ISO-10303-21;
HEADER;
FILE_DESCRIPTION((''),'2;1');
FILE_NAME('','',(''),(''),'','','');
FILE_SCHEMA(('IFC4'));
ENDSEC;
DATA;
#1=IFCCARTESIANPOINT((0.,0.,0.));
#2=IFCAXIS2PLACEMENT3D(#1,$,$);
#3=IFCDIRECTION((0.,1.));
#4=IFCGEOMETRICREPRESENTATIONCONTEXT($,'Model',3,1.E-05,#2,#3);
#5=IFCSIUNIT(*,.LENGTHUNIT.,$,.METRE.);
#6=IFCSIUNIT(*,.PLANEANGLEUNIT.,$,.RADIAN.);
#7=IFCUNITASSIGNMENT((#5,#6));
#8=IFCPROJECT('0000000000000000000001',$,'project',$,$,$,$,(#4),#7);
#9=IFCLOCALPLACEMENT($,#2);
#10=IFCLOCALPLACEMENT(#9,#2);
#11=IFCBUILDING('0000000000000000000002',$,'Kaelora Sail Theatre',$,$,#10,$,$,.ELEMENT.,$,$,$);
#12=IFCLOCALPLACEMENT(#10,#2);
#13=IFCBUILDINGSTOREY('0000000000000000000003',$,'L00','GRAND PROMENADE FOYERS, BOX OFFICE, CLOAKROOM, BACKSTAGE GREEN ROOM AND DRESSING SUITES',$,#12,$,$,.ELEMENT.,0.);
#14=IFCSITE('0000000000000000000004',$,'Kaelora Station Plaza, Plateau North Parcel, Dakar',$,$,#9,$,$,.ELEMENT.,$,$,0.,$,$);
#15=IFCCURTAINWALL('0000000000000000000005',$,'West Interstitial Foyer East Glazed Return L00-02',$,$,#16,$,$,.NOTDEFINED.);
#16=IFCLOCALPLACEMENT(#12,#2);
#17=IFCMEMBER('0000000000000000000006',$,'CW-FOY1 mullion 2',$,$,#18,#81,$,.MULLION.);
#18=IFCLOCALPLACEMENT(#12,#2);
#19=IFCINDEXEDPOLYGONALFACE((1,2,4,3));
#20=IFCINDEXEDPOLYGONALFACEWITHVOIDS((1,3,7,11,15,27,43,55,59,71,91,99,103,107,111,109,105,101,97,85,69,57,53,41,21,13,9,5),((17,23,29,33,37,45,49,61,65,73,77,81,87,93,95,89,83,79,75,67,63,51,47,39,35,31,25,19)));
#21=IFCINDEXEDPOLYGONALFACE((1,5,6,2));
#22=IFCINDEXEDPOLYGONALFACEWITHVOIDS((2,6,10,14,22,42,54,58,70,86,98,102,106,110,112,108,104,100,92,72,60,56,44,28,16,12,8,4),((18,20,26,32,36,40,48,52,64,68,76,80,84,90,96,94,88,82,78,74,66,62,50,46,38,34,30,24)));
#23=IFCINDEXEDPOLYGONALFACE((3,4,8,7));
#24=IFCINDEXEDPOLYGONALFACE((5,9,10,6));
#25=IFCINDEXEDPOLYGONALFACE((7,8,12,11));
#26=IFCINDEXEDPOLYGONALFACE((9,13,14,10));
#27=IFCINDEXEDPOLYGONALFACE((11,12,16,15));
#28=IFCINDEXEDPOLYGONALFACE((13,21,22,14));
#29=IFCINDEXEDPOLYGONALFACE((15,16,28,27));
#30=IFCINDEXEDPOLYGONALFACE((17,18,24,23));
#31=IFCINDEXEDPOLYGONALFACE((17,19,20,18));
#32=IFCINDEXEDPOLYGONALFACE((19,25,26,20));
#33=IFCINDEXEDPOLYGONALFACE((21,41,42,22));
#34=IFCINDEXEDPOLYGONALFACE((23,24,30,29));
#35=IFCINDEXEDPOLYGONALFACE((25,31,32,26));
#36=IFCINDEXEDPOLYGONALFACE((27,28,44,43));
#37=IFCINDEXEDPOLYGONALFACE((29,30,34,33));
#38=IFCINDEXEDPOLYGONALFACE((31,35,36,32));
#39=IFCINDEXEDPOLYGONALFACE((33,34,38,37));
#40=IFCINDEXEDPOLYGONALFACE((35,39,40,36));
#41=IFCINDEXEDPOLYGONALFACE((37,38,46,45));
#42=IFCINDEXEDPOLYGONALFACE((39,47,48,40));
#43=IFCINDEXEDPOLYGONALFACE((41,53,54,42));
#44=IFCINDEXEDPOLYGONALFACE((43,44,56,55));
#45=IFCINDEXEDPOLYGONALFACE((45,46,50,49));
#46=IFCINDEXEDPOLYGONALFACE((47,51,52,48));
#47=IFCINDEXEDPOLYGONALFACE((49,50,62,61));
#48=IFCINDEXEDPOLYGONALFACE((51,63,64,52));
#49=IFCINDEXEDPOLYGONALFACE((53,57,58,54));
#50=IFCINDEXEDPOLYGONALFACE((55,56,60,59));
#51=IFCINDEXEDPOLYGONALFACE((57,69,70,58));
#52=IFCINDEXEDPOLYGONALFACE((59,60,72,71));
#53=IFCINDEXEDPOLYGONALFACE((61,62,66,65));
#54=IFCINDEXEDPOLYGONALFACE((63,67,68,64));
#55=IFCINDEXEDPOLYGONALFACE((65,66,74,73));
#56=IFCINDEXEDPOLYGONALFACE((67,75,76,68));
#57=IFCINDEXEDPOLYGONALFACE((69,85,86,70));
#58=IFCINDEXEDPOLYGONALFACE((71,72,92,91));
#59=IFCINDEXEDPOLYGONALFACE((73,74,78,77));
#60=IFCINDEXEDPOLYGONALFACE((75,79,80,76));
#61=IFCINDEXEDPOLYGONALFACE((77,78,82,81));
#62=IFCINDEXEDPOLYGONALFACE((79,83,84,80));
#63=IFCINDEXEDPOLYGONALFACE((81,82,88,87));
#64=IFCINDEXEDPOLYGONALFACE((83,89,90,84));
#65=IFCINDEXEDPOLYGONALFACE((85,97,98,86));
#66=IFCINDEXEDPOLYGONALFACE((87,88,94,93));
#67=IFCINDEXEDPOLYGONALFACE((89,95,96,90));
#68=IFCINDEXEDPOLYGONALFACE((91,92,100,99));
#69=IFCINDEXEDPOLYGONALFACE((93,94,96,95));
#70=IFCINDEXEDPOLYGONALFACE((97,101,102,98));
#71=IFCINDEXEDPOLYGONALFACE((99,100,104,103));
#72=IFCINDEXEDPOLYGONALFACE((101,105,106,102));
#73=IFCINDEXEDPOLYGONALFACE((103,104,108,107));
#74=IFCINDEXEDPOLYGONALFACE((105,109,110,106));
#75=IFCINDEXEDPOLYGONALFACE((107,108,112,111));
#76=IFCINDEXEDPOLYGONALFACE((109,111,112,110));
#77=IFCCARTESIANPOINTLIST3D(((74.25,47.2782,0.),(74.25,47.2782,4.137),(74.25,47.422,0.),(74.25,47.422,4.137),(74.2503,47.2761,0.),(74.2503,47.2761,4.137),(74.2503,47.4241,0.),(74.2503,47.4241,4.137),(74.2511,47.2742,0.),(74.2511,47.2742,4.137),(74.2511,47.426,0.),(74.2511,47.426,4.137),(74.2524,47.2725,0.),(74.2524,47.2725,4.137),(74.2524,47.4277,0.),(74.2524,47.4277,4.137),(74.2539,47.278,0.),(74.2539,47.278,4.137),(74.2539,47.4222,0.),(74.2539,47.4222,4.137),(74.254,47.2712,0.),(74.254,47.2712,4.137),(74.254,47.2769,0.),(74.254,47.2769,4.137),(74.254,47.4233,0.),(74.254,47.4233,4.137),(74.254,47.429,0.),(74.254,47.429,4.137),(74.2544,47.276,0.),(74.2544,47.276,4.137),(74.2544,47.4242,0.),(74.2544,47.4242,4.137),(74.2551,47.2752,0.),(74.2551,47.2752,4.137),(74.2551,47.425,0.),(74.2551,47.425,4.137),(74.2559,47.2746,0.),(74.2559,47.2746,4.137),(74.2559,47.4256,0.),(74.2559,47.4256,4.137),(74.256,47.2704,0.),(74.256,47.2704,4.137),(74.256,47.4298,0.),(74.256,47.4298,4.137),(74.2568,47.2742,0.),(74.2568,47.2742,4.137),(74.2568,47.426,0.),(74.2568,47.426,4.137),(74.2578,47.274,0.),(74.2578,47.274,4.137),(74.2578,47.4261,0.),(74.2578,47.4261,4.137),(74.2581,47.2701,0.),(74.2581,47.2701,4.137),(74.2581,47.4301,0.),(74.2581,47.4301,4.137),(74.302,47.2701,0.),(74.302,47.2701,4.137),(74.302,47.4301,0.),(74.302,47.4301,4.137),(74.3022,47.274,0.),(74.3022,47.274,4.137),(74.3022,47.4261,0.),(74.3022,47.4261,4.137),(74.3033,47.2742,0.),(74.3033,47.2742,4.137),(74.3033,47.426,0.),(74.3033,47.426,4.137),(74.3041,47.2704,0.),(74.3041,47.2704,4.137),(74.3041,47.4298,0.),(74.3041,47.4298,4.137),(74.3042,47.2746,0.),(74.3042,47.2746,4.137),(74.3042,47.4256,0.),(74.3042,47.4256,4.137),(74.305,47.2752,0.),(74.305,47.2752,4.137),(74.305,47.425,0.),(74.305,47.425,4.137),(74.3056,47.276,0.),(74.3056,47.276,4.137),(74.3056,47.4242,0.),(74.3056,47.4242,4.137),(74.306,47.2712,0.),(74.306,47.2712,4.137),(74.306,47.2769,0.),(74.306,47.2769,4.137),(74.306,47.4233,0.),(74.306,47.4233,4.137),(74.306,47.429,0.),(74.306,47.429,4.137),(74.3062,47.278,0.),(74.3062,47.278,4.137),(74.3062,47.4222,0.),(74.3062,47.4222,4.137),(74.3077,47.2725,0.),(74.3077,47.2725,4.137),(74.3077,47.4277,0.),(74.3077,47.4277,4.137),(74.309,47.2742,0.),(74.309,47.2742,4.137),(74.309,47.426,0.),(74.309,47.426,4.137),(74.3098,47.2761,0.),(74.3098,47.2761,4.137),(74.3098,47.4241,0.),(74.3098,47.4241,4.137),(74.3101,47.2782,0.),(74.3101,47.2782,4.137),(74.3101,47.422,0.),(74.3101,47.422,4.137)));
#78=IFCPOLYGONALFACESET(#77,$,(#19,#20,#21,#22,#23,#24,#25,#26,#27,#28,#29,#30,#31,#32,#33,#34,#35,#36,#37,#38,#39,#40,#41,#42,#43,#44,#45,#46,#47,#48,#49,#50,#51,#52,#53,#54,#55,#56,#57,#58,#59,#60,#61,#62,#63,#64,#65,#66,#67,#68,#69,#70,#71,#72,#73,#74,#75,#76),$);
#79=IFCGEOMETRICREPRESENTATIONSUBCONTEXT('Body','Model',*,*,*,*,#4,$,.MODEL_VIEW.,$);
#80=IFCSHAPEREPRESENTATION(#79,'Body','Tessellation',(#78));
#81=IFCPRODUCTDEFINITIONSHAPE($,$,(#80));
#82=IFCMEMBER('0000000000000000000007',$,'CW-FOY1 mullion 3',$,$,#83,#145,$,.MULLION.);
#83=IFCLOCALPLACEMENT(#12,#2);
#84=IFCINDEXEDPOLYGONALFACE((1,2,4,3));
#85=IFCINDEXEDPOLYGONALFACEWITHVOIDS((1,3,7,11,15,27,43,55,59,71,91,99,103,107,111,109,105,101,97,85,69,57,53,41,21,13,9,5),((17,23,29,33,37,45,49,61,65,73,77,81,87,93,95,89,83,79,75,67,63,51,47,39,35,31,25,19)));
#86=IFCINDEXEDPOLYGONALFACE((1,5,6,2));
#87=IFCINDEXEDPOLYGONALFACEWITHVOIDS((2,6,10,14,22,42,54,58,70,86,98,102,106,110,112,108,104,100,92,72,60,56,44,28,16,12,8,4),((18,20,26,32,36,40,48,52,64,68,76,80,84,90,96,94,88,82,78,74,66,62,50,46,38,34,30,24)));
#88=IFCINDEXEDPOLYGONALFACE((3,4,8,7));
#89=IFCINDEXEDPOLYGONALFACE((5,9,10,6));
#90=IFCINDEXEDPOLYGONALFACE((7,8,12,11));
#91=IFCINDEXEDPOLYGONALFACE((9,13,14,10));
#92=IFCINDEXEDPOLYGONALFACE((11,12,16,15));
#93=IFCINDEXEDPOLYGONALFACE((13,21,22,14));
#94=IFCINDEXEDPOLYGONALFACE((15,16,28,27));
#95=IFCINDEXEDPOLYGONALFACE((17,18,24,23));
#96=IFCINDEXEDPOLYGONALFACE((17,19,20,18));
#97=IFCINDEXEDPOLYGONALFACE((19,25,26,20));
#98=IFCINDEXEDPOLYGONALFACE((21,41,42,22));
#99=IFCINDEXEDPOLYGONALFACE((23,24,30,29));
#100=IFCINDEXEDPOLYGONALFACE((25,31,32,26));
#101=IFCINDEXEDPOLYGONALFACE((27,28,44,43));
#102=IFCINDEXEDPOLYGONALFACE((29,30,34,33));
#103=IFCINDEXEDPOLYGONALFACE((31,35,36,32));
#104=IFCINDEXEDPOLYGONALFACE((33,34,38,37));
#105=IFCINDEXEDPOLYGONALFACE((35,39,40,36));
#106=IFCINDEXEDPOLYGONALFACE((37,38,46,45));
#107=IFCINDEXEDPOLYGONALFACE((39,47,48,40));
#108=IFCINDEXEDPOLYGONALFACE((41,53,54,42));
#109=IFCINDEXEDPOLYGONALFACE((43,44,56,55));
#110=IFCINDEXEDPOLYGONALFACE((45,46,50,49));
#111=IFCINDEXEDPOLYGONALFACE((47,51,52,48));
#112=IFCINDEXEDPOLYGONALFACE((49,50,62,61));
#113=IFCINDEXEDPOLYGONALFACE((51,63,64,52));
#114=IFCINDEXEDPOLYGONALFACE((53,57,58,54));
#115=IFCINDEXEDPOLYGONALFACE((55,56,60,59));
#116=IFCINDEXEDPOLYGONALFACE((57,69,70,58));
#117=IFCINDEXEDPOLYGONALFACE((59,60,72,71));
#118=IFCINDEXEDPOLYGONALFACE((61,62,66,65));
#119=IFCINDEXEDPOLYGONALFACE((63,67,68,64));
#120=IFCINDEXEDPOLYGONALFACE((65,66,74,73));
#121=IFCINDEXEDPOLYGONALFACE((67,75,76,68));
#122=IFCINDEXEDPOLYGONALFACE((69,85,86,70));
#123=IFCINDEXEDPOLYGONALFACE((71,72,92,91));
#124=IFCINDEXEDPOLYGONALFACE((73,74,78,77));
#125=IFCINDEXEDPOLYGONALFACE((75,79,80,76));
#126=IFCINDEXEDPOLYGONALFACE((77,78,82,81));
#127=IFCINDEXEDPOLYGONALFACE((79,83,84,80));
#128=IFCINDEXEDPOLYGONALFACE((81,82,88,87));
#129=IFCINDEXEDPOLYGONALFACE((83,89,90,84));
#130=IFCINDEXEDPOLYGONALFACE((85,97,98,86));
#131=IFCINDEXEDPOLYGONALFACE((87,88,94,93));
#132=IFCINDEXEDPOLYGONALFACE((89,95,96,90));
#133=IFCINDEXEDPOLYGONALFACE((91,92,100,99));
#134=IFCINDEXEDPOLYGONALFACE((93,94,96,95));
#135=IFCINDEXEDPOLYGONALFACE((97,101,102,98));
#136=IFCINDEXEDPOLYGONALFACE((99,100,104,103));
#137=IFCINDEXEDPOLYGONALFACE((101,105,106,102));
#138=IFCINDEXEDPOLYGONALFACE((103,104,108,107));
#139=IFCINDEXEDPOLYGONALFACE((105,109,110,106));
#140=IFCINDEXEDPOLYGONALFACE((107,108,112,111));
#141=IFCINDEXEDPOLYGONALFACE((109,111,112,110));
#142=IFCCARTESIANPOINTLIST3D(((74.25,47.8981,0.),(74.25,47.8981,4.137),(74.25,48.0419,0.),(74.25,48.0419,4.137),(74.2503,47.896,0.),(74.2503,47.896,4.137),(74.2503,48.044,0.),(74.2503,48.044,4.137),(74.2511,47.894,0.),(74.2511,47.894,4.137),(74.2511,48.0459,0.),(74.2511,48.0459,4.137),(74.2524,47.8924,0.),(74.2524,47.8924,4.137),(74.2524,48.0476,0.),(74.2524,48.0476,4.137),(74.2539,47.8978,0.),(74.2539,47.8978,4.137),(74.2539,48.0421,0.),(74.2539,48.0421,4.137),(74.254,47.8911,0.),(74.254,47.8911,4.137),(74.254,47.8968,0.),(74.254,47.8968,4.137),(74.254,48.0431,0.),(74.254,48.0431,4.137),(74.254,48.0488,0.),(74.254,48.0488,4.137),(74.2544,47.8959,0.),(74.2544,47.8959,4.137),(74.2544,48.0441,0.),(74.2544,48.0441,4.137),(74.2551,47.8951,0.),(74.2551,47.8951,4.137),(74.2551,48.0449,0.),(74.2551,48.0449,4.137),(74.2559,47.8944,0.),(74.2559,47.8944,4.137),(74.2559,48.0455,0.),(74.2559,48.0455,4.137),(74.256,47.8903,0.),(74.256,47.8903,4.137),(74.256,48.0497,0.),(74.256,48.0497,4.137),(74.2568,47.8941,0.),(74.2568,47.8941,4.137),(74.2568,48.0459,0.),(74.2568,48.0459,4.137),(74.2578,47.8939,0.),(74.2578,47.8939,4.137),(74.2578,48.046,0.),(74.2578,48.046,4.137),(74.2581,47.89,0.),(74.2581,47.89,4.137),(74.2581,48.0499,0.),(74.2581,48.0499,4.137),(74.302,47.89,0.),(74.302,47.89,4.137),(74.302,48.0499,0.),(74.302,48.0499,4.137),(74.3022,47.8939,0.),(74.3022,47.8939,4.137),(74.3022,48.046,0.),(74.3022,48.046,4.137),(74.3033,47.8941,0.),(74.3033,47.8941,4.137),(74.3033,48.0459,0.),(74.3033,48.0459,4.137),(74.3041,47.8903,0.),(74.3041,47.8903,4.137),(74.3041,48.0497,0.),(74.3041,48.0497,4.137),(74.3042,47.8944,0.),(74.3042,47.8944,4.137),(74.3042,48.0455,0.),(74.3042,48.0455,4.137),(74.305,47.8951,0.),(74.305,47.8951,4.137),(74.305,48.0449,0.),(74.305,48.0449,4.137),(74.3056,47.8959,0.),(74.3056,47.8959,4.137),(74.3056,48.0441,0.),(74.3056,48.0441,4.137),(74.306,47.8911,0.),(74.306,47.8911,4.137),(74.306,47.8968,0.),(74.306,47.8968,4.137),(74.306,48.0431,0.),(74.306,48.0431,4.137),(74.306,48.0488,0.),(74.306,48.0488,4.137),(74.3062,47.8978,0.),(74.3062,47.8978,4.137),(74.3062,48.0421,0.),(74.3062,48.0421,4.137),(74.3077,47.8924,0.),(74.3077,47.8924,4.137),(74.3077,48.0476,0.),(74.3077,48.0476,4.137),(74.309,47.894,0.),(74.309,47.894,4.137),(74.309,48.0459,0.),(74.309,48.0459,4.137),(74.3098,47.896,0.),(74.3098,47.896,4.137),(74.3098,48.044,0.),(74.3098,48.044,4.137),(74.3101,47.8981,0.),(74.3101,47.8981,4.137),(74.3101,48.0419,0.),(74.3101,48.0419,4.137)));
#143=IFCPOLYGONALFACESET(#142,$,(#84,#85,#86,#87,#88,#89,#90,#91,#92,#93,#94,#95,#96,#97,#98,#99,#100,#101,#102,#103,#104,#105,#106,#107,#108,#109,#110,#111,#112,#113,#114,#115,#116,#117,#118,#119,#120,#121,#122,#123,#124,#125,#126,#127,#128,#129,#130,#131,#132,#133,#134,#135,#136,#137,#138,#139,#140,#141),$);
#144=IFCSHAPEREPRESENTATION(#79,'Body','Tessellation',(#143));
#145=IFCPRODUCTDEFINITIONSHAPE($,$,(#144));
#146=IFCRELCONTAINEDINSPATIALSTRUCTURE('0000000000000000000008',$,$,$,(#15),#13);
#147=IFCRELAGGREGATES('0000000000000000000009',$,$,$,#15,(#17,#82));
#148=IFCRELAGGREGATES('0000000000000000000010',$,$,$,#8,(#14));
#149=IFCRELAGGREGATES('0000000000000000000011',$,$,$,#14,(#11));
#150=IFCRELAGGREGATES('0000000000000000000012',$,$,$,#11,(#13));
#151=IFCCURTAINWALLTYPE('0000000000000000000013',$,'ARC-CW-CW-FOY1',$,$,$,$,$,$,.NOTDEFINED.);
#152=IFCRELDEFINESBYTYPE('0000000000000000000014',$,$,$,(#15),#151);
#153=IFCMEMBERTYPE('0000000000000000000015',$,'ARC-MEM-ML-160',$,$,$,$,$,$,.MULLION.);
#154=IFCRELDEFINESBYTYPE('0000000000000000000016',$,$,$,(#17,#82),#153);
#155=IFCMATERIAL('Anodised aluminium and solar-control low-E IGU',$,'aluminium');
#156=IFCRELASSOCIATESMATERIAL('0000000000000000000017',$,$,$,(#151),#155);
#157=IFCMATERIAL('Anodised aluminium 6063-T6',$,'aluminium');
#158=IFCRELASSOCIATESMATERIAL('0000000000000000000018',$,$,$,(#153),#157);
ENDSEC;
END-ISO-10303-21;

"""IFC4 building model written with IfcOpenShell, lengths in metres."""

from ifc_helpers import new_model, si_unit, direction, frame, origin, origin_2d, place, context, subcontext, project, spatial, hollow_rectangle, extrude, material, material_profile, profile_set, type_object, element, aggregate, save


model = new_model("IFC4")

# Units and contexts
model_context = context("Model", 3, precision=1e-05, world=origin(), true_north=direction((0.0, 1.0)))
body_context = subcontext(model_context, "Body", "Model", "MODEL_VIEW")
ifc_project = project(units=[si_unit("LENGTHUNIT", "METRE"), si_unit("PLANEANGLEUNIT", "RADIAN")], contexts=[model_context])

# Site, building, storey
site_placement = place(None, origin())
site = spatial("IfcSite", under=ifc_project, at=site_placement, Name="Kaelora Station Plaza, Plateau North Parcel, Dakar", CompositionType="ELEMENT", RefElevation=0.0)
building_placement = place(site_placement, origin())
building = spatial("IfcBuilding", under=site, at=building_placement, Name="Kaelora Sail Theatre", CompositionType="ELEMENT")
storey_placement = place(building_placement, origin())
storey = spatial("IfcBuildingStorey", under=building, at=storey_placement, Name="L00", Description="GRAND PROMENADE FOYERS, BOX OFFICE, CLOAKROOM, BACKSTAGE GREEN ROOM AND DRESSING SUITES", CompositionType="ELEMENT", Elevation=0.0)

# Curtain wall, members
ifc_material_1 = material(Name="Anodised aluminium and solar-control low-E IGU", Category="aluminium")
curtain_wall_type = type_object("IfcCurtainWallType", Name="ARC-CW-CW-FOY1", PredefinedType="NOTDEFINED", material=ifc_material_1)
curtain_wall_1_placement = place(storey_placement, origin())
curtain_wall_1 = element("IfcCurtainWall", 1, at=curtain_wall_1_placement, inside=storey, type_object=curtain_wall_type, Name="West Interstitial Foyer East Glazed Return L00-02", PredefinedType="NOTDEFINED")
ifc_material_2 = material(Name="Anodised aluminium 6063-T6", Category="aluminium")
ifc_material_profile_1 = material_profile(ifc_material_2, hollow_rectangle(XDim=0.0601, YDim=0.1599, WallThickness=0.0039, InnerFilletRadius=0.0039, OuterFilletRadius=0.0081, at=origin_2d()), Name="ALU-MULL 60x160x4")
ifc_profile_set_1 = profile_set([ifc_material_profile_1], Name="Anodised aluminium 6063-T6")
member_type_1 = type_object("IfcMemberType", Name="ARC-MEM-ML-160", PredefinedType="MULLION", material=ifc_profile_set_1)
member_1_placement = place(storey_placement, frame((74.28, 47.3501, 0.0), z_axis=(0.0, 0.0, 1.0), x_axis=(-1.0, 0.0, 0.0)))
member_1 = element("IfcMember", 2, at=member_1_placement, type_object=member_type_1, Name="CW-FOY1 mullion 2", PredefinedType="MULLION", context=body_context, shape_type="SweptSolid", body=[
    extrude(hollow_rectangle(XDim=0.0601, YDim=0.1599, WallThickness=0.0039, InnerFilletRadius=0.0039, OuterFilletRadius=0.0081, at=origin_2d()), origin(), (0.0, 0.0, 1.0), 4.137),
])
member_2_placement = place(storey_placement, frame((74.28, 47.97, 0.0), z_axis=(0.0, 0.0, 1.0), x_axis=(-1.0, 0.0, 0.0)))
member_2 = element("IfcMember", 3, at=member_2_placement, type_object=member_type_1, Name="CW-FOY1 mullion 3", PredefinedType="MULLION", context=body_context, shape_type="SweptSolid", body=[
    extrude(hollow_rectangle(XDim=0.0601, YDim=0.1599, WallThickness=0.0039, InnerFilletRadius=0.0039, OuterFilletRadius=0.0081, at=origin_2d()), origin(), (0.0, 0.0, 1.0), 4.137),
])

aggregate(curtain_wall_1, [member_1, member_2])

save(model, "model.ifc")
